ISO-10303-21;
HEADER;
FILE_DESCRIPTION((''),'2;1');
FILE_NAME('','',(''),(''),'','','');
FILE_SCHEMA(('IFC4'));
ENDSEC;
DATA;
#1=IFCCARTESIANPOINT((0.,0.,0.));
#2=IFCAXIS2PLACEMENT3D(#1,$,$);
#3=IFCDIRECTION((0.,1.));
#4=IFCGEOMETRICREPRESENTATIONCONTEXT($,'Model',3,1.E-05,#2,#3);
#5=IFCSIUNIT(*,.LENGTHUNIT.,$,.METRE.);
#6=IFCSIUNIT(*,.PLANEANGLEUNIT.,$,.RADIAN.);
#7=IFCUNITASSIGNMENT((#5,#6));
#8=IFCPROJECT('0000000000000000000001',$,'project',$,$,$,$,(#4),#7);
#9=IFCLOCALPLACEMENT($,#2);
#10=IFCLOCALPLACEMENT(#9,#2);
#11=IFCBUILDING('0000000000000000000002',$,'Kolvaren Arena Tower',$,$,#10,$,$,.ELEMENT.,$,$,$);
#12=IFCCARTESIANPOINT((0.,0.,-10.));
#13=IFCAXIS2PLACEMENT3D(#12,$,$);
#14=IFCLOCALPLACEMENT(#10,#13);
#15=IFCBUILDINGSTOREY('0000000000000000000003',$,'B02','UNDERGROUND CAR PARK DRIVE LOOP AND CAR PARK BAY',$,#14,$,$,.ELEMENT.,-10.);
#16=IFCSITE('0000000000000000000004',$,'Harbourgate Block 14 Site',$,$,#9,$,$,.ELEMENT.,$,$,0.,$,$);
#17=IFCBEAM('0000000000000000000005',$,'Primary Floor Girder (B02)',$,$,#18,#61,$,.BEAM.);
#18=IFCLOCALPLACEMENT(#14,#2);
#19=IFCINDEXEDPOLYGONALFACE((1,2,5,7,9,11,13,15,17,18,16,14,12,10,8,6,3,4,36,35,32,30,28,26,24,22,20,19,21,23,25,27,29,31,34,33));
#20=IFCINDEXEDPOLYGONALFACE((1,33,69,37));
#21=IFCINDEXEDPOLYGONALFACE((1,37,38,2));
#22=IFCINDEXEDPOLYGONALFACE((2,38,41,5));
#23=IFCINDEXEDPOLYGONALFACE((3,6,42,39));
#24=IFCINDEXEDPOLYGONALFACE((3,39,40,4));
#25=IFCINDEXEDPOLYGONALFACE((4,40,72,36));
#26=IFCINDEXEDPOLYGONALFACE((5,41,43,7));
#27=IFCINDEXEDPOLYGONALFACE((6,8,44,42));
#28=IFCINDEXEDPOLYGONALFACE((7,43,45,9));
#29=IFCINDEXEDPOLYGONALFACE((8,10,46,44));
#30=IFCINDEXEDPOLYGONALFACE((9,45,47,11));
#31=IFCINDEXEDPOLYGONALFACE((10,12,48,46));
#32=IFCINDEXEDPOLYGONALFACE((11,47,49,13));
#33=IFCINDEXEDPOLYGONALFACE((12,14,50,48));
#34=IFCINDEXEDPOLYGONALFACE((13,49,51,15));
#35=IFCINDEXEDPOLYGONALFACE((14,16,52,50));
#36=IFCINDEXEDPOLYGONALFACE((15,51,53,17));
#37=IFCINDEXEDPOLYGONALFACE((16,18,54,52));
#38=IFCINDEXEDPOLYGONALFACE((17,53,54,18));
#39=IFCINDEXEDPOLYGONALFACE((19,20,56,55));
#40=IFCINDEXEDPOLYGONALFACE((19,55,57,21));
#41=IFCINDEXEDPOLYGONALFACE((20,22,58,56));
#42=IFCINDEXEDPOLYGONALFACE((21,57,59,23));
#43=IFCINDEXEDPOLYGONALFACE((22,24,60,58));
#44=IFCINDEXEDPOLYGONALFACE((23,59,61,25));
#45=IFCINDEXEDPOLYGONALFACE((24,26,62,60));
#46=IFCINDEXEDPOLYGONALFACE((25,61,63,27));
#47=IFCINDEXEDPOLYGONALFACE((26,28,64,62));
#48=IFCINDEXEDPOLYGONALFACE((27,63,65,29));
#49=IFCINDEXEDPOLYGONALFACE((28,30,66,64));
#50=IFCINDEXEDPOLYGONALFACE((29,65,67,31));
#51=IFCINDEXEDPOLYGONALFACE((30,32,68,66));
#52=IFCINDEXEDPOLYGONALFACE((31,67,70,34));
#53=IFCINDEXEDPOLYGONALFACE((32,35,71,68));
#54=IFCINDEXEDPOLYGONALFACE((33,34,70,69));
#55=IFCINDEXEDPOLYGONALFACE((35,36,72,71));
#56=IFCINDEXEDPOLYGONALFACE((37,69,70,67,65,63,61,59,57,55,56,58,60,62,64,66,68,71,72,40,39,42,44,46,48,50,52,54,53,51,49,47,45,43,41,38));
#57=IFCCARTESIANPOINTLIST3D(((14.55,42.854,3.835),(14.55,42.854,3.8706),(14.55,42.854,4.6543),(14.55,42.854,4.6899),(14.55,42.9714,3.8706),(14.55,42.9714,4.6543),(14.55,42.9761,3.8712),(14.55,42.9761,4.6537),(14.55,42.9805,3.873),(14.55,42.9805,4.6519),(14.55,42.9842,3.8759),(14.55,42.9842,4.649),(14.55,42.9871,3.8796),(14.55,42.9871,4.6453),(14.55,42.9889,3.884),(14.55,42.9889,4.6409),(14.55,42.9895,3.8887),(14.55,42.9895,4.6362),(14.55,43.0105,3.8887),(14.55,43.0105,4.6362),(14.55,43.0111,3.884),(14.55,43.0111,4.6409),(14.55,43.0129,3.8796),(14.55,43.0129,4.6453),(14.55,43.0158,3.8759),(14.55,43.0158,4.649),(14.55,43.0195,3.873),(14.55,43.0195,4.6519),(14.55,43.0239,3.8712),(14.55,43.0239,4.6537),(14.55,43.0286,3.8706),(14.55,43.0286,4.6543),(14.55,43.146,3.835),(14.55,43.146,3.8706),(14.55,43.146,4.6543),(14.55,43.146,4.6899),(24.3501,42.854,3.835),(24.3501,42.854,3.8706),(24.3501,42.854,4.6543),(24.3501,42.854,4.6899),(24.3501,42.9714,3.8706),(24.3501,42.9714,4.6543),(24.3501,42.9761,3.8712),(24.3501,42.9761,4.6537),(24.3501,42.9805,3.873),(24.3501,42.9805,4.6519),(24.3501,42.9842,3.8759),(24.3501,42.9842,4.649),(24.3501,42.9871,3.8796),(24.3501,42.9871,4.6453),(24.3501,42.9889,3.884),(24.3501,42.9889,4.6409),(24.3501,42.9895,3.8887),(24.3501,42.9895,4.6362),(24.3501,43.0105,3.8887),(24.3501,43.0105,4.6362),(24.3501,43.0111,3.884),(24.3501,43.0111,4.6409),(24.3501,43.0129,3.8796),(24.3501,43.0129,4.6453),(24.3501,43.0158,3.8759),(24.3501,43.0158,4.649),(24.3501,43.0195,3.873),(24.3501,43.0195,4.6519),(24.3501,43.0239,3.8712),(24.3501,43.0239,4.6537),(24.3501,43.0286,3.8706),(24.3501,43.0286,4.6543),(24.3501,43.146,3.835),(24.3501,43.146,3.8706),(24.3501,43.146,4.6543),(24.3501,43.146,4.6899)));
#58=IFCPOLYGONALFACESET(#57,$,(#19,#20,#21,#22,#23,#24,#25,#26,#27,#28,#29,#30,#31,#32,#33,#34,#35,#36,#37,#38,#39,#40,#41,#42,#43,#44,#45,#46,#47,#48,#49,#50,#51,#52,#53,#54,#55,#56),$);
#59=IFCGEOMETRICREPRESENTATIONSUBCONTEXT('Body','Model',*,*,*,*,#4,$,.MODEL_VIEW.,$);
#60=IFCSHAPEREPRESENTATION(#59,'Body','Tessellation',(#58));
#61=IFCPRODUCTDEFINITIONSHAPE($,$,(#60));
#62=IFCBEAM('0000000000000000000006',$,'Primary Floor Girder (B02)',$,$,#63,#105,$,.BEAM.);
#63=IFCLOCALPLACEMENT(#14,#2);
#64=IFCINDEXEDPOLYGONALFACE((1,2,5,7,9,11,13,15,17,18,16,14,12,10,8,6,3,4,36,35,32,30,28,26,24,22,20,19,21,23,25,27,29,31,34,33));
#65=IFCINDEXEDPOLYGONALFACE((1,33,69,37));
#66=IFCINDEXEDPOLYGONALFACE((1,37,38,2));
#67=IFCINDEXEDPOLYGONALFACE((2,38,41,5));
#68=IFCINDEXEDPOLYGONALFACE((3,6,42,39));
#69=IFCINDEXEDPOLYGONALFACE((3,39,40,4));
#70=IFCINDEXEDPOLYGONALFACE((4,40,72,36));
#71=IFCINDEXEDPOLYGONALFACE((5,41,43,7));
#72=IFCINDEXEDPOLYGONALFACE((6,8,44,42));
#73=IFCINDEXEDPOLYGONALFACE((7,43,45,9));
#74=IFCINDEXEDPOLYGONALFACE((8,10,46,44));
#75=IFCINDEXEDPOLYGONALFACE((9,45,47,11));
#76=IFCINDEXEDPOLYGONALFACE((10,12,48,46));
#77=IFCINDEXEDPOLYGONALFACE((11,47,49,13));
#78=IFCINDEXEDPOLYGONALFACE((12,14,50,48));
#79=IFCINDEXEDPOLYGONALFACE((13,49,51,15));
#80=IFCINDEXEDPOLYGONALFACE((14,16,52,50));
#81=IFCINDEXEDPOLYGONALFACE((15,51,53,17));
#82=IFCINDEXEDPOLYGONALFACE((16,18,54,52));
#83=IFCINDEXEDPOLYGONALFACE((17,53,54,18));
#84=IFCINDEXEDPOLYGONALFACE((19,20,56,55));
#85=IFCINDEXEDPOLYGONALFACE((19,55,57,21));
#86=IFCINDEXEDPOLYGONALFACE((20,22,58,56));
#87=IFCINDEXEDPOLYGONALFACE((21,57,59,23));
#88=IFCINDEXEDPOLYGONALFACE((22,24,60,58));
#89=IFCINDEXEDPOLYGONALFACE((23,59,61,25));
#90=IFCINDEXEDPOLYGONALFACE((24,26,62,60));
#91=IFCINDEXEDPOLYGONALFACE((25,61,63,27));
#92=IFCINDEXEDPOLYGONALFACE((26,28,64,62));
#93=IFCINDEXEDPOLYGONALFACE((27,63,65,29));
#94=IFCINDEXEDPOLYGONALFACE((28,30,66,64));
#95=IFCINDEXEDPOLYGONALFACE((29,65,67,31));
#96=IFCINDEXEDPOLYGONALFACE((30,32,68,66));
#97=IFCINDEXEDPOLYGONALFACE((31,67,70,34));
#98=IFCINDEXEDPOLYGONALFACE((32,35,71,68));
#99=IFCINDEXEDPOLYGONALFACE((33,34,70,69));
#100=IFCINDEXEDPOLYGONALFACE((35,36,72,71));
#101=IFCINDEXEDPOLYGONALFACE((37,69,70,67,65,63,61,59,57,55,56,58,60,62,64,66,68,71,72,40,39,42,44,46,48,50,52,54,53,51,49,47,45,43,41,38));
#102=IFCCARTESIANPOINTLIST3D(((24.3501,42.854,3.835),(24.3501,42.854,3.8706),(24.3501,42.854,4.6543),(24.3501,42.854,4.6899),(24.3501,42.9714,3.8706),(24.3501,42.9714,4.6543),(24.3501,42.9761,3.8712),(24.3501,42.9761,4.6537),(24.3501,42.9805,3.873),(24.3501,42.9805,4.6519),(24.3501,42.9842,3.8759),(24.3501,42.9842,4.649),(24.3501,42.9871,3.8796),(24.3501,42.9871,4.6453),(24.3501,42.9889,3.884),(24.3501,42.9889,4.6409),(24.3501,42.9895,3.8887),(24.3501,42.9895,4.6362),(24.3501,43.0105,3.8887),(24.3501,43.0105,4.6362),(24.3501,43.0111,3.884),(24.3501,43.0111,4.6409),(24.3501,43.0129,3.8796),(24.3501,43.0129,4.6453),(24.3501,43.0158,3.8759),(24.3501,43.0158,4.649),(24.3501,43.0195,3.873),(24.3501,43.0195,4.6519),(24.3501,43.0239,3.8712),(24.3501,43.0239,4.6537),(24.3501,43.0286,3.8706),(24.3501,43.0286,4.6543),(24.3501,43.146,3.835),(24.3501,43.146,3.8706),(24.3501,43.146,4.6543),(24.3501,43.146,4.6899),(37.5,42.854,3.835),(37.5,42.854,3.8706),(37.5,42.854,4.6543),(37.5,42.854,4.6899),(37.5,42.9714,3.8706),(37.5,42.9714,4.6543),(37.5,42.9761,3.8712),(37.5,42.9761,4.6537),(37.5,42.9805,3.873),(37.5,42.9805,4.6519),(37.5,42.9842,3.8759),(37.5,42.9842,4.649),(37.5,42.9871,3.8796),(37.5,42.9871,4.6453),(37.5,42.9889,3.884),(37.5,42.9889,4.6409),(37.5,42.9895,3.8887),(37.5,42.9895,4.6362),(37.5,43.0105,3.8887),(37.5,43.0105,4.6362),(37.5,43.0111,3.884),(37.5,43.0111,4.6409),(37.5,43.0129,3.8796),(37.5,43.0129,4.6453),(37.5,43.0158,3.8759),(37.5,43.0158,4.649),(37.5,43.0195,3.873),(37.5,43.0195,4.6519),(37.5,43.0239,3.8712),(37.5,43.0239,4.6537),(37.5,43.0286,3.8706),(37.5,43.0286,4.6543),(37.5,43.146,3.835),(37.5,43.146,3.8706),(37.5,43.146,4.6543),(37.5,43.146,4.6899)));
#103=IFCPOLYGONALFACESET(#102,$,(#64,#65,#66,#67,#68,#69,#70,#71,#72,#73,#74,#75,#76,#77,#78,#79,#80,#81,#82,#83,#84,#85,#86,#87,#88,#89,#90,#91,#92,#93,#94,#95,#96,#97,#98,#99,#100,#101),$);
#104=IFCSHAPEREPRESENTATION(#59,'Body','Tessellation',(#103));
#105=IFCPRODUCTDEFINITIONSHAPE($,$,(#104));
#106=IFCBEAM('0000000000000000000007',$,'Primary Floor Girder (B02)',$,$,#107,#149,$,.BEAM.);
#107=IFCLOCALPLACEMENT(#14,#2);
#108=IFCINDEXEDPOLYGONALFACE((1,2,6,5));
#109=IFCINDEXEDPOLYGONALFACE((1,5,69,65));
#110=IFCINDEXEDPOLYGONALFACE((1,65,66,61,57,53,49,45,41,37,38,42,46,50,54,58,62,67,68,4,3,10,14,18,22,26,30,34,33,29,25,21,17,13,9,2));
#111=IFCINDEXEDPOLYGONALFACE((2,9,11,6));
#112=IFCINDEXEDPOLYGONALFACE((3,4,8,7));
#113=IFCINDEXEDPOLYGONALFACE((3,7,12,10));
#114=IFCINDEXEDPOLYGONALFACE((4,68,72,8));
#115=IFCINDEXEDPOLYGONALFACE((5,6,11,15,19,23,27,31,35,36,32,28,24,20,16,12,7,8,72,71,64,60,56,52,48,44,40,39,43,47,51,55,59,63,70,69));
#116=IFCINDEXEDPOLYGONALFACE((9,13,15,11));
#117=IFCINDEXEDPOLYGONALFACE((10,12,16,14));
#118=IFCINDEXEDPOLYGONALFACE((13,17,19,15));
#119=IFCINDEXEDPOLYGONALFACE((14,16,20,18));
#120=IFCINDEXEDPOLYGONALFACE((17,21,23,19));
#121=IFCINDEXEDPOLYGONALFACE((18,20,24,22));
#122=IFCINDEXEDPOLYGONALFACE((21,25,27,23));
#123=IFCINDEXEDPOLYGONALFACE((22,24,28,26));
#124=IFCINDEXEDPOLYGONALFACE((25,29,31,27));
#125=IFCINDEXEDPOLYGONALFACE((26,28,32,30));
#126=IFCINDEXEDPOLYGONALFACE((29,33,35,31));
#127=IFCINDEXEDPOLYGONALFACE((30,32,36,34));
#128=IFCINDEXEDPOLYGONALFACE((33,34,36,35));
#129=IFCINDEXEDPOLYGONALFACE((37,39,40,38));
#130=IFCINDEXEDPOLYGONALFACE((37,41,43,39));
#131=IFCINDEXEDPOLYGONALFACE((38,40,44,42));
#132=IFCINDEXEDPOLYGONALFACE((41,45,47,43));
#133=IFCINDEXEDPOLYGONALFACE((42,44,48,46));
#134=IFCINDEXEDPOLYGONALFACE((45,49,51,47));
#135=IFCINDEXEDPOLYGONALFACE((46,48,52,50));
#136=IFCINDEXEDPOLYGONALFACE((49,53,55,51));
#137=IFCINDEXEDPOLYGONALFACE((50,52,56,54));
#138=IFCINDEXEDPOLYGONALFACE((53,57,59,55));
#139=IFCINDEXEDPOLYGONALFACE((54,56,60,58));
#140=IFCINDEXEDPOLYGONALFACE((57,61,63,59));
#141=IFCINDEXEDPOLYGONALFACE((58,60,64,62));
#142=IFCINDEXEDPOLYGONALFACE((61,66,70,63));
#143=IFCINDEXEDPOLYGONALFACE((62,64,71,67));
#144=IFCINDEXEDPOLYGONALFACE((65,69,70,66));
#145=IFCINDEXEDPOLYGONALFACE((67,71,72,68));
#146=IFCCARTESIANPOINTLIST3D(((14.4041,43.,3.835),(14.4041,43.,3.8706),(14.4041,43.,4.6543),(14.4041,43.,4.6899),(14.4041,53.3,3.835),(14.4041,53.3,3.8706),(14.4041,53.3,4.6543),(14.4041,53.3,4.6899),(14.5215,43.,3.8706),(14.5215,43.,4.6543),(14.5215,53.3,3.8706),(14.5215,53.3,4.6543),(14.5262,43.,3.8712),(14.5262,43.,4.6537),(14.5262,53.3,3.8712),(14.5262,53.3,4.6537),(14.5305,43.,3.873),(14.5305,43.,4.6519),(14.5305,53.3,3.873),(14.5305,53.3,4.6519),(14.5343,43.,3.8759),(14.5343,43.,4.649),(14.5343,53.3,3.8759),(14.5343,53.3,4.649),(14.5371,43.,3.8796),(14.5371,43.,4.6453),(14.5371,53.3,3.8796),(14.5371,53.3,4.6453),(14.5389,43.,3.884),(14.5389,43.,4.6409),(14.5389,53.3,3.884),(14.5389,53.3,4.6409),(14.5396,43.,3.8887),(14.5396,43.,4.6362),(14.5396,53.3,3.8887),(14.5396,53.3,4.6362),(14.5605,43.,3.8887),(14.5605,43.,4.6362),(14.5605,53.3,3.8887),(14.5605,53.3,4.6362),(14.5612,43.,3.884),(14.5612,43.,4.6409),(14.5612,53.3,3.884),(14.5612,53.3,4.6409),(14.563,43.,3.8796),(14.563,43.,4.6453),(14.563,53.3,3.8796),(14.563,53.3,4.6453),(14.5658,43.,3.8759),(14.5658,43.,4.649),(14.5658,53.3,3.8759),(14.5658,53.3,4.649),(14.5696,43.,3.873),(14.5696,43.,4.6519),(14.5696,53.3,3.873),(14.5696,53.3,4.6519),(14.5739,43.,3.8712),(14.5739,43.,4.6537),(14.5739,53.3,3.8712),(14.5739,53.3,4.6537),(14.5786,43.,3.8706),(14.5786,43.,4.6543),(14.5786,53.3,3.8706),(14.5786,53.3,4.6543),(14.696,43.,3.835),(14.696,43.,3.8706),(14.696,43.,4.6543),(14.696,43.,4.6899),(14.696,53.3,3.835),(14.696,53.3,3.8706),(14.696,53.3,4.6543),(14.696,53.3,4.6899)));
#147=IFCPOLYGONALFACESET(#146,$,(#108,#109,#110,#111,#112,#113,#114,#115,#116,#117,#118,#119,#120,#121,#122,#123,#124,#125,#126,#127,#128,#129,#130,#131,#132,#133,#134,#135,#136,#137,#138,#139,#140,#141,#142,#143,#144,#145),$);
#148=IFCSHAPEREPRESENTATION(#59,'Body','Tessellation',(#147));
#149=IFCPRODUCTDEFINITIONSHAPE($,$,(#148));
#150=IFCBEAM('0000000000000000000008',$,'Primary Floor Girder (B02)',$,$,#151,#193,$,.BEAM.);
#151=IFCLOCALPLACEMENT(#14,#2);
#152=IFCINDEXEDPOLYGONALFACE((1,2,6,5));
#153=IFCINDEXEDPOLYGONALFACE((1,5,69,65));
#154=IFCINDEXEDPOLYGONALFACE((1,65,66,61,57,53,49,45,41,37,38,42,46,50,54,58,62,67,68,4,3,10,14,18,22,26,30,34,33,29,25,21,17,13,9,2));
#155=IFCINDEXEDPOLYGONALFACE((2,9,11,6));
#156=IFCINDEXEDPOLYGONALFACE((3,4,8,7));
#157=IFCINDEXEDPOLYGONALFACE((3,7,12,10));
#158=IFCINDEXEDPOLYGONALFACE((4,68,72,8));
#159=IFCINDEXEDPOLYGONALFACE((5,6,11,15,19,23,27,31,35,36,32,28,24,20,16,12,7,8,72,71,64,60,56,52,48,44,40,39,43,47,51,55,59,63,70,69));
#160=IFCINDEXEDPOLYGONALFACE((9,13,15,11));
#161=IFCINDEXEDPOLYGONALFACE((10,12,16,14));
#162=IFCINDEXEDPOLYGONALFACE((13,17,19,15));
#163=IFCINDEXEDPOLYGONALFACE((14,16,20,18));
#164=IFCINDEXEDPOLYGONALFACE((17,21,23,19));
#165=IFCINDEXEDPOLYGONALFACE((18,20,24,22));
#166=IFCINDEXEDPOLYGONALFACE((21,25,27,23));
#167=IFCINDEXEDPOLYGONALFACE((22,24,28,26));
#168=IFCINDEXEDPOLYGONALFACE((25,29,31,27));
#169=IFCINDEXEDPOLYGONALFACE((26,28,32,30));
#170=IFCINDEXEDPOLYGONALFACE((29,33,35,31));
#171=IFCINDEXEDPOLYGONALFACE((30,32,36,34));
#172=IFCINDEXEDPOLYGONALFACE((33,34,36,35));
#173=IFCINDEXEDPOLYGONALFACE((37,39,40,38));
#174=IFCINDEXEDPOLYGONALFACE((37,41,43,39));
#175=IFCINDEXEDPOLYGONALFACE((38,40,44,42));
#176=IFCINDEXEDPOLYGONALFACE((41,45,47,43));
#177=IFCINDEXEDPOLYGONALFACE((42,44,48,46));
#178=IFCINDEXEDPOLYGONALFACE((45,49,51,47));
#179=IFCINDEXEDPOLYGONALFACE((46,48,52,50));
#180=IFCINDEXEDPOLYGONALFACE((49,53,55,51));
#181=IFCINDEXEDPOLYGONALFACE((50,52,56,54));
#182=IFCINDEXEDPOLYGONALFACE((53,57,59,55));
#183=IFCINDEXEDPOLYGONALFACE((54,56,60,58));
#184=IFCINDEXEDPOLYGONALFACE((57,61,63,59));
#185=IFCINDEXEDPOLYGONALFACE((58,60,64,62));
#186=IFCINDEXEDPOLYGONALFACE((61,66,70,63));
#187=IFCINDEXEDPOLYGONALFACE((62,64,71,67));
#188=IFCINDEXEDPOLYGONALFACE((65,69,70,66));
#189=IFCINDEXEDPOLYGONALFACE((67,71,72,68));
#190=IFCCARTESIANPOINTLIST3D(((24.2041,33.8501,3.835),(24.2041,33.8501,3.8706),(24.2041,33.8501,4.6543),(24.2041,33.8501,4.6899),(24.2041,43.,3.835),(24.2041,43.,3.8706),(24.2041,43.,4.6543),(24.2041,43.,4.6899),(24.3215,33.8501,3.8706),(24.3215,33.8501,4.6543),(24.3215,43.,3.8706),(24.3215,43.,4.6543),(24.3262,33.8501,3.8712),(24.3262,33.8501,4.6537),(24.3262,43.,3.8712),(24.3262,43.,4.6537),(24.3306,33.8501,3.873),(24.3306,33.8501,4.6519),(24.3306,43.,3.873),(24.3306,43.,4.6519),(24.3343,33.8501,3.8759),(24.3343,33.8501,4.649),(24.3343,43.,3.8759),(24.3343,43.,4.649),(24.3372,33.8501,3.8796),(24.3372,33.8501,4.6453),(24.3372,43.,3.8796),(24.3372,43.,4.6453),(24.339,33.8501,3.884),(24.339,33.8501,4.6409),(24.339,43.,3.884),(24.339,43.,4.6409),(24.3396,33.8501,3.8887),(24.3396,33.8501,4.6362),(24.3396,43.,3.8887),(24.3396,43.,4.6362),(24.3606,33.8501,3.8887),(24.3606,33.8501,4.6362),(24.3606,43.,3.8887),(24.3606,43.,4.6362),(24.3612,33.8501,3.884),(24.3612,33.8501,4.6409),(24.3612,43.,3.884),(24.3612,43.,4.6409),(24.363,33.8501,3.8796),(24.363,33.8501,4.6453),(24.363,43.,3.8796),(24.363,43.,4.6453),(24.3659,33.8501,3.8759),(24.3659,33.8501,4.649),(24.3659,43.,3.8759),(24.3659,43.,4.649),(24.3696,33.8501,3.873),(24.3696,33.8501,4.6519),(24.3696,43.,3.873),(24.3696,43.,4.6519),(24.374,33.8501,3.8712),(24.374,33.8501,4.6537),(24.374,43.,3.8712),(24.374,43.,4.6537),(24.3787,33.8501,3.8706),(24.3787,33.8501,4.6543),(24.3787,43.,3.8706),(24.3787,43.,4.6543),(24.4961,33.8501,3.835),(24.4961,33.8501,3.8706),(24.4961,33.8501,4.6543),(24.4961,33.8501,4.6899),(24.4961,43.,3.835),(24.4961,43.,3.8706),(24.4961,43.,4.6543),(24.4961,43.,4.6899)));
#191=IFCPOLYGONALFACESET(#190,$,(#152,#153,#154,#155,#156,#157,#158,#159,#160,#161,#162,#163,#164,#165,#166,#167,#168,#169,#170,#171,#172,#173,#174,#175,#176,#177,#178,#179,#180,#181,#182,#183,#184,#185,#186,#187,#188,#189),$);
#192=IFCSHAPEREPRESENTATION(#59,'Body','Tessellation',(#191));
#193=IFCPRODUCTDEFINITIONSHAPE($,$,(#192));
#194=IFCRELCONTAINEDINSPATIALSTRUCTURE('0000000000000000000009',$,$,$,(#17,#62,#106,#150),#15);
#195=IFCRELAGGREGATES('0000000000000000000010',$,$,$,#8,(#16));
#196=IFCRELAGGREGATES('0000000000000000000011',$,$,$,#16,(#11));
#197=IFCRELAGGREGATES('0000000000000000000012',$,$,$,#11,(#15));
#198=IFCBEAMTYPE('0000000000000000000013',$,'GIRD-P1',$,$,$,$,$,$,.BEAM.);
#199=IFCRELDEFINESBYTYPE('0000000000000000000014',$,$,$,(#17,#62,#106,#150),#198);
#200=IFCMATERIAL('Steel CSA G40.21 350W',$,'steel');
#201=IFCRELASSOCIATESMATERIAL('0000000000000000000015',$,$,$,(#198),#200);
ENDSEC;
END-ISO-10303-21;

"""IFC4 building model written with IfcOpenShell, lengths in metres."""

from ifc_helpers import new_model, si_unit, direction, frame, origin, origin_2d, place, context, subcontext, project, spatial, i_section, extrude, material, material_profile, profile_set, type_object, element, save


model = new_model("IFC4")

# Units and contexts
model_context = context("Model", 3, precision=1e-05, world=origin(), true_north=direction((0.0, 1.0)))
body_context = subcontext(model_context, "Body", "Model", "MODEL_VIEW")
ifc_project = project(units=[si_unit("LENGTHUNIT", "METRE"), si_unit("PLANEANGLEUNIT", "RADIAN")], contexts=[model_context])

# Site, building, storey
site_placement = place(None, origin())
site = spatial("IfcSite", under=ifc_project, at=site_placement, Name="Harbourgate Block 14 Site", CompositionType="ELEMENT", RefElevation=0.0)
building_placement = place(site_placement, origin())
building = spatial("IfcBuilding", under=site, at=building_placement, Name="Kolvaren Arena Tower", CompositionType="ELEMENT")
storey_placement = place(building_placement, frame((0.0, 0.0, -10.0)))
storey = spatial("IfcBuildingStorey", under=building, at=storey_placement, Name="B02", Description="UNDERGROUND CAR PARK DRIVE LOOP AND CAR PARK BAY", CompositionType="ELEMENT", Elevation=-10.0)

# Beams
ifc_material_1 = material(Name="Steel CSA G40.21 350W", Category="steel")
ifc_material_profile_1 = material_profile(ifc_material_1, i_section(OverallWidth=0.292, OverallDepth=0.855, WebThickness=0.021, FlangeThickness=0.0356, FilletRadius=0.0181, at=origin_2d()), Name="W840x299")
ifc_profile_set_1 = profile_set([ifc_material_profile_1], Name="Steel CSA G40.21 350W")
beam_type_1 = type_object("IfcBeamType", Name="GIRD-P1", PredefinedType="BEAM", material=ifc_profile_set_1)
beam_1_placement = place(storey_placement, frame((14.55, 43.0, 4.2625), z_axis=(1.0, 0.0, 0.0), x_axis=(0.0, 1.0, 0.0)))
element("IfcBeam", 1, at=beam_1_placement, inside=storey, type_object=beam_type_1, Name="Primary Floor Girder (B02)", PredefinedType="BEAM", context=body_context, shape_type="SweptSolid", body=[
    extrude(i_section(OverallWidth=0.292, OverallDepth=0.855, WebThickness=0.021, FlangeThickness=0.0356, FilletRadius=0.0181, at=origin_2d()), origin(), (0.0, 0.0, 1.0), 9.8),
])
beam_2_placement = place(storey_placement, frame((24.3501, 43.0, 4.2625), z_axis=(1.0, 0.0, 0.0), x_axis=(0.0, 1.0, 0.0)))
element("IfcBeam", 2, at=beam_2_placement, inside=storey, type_object=beam_type_1, Name="Primary Floor Girder (B02)", PredefinedType="BEAM", context=body_context, shape_type="SweptSolid", body=[
    extrude(i_section(OverallWidth=0.292, OverallDepth=0.855, WebThickness=0.021, FlangeThickness=0.0356, FilletRadius=0.0181, at=origin_2d()), origin(), (0.0, 0.0, 1.0), 13.1499),
])
beam_3_placement = place(storey_placement, frame((14.55, 43.0, 4.2625), z_axis=(0.0, 1.0, 0.0), x_axis=(-1.0, 0.0, 0.0)))
element("IfcBeam", 3, at=beam_3_placement, inside=storey, type_object=beam_type_1, Name="Primary Floor Girder (B02)", PredefinedType="BEAM", context=body_context, shape_type="SweptSolid", body=[
    extrude(i_section(OverallWidth=0.292, OverallDepth=0.855, WebThickness=0.021, FlangeThickness=0.0356, FilletRadius=0.0181, at=origin_2d()), origin(), (0.0, 0.0, 1.0), 10.3),
])
beam_4_placement = place(storey_placement, frame((24.3501, 33.8501, 4.2625), z_axis=(0.0, 1.0, 0.0), x_axis=(-1.0, 0.0, 0.0)))
element("IfcBeam", 4, at=beam_4_placement, inside=storey, type_object=beam_type_1, Name="Primary Floor Girder (B02)", PredefinedType="BEAM", context=body_context, shape_type="SweptSolid", body=[
    extrude(i_section(OverallWidth=0.292, OverallDepth=0.855, WebThickness=0.021, FlangeThickness=0.0356, FilletRadius=0.0181, at=origin_2d()), origin(), (0.0, 0.0, 1.0), 9.1499),
])

save(model, "model.ifc")
